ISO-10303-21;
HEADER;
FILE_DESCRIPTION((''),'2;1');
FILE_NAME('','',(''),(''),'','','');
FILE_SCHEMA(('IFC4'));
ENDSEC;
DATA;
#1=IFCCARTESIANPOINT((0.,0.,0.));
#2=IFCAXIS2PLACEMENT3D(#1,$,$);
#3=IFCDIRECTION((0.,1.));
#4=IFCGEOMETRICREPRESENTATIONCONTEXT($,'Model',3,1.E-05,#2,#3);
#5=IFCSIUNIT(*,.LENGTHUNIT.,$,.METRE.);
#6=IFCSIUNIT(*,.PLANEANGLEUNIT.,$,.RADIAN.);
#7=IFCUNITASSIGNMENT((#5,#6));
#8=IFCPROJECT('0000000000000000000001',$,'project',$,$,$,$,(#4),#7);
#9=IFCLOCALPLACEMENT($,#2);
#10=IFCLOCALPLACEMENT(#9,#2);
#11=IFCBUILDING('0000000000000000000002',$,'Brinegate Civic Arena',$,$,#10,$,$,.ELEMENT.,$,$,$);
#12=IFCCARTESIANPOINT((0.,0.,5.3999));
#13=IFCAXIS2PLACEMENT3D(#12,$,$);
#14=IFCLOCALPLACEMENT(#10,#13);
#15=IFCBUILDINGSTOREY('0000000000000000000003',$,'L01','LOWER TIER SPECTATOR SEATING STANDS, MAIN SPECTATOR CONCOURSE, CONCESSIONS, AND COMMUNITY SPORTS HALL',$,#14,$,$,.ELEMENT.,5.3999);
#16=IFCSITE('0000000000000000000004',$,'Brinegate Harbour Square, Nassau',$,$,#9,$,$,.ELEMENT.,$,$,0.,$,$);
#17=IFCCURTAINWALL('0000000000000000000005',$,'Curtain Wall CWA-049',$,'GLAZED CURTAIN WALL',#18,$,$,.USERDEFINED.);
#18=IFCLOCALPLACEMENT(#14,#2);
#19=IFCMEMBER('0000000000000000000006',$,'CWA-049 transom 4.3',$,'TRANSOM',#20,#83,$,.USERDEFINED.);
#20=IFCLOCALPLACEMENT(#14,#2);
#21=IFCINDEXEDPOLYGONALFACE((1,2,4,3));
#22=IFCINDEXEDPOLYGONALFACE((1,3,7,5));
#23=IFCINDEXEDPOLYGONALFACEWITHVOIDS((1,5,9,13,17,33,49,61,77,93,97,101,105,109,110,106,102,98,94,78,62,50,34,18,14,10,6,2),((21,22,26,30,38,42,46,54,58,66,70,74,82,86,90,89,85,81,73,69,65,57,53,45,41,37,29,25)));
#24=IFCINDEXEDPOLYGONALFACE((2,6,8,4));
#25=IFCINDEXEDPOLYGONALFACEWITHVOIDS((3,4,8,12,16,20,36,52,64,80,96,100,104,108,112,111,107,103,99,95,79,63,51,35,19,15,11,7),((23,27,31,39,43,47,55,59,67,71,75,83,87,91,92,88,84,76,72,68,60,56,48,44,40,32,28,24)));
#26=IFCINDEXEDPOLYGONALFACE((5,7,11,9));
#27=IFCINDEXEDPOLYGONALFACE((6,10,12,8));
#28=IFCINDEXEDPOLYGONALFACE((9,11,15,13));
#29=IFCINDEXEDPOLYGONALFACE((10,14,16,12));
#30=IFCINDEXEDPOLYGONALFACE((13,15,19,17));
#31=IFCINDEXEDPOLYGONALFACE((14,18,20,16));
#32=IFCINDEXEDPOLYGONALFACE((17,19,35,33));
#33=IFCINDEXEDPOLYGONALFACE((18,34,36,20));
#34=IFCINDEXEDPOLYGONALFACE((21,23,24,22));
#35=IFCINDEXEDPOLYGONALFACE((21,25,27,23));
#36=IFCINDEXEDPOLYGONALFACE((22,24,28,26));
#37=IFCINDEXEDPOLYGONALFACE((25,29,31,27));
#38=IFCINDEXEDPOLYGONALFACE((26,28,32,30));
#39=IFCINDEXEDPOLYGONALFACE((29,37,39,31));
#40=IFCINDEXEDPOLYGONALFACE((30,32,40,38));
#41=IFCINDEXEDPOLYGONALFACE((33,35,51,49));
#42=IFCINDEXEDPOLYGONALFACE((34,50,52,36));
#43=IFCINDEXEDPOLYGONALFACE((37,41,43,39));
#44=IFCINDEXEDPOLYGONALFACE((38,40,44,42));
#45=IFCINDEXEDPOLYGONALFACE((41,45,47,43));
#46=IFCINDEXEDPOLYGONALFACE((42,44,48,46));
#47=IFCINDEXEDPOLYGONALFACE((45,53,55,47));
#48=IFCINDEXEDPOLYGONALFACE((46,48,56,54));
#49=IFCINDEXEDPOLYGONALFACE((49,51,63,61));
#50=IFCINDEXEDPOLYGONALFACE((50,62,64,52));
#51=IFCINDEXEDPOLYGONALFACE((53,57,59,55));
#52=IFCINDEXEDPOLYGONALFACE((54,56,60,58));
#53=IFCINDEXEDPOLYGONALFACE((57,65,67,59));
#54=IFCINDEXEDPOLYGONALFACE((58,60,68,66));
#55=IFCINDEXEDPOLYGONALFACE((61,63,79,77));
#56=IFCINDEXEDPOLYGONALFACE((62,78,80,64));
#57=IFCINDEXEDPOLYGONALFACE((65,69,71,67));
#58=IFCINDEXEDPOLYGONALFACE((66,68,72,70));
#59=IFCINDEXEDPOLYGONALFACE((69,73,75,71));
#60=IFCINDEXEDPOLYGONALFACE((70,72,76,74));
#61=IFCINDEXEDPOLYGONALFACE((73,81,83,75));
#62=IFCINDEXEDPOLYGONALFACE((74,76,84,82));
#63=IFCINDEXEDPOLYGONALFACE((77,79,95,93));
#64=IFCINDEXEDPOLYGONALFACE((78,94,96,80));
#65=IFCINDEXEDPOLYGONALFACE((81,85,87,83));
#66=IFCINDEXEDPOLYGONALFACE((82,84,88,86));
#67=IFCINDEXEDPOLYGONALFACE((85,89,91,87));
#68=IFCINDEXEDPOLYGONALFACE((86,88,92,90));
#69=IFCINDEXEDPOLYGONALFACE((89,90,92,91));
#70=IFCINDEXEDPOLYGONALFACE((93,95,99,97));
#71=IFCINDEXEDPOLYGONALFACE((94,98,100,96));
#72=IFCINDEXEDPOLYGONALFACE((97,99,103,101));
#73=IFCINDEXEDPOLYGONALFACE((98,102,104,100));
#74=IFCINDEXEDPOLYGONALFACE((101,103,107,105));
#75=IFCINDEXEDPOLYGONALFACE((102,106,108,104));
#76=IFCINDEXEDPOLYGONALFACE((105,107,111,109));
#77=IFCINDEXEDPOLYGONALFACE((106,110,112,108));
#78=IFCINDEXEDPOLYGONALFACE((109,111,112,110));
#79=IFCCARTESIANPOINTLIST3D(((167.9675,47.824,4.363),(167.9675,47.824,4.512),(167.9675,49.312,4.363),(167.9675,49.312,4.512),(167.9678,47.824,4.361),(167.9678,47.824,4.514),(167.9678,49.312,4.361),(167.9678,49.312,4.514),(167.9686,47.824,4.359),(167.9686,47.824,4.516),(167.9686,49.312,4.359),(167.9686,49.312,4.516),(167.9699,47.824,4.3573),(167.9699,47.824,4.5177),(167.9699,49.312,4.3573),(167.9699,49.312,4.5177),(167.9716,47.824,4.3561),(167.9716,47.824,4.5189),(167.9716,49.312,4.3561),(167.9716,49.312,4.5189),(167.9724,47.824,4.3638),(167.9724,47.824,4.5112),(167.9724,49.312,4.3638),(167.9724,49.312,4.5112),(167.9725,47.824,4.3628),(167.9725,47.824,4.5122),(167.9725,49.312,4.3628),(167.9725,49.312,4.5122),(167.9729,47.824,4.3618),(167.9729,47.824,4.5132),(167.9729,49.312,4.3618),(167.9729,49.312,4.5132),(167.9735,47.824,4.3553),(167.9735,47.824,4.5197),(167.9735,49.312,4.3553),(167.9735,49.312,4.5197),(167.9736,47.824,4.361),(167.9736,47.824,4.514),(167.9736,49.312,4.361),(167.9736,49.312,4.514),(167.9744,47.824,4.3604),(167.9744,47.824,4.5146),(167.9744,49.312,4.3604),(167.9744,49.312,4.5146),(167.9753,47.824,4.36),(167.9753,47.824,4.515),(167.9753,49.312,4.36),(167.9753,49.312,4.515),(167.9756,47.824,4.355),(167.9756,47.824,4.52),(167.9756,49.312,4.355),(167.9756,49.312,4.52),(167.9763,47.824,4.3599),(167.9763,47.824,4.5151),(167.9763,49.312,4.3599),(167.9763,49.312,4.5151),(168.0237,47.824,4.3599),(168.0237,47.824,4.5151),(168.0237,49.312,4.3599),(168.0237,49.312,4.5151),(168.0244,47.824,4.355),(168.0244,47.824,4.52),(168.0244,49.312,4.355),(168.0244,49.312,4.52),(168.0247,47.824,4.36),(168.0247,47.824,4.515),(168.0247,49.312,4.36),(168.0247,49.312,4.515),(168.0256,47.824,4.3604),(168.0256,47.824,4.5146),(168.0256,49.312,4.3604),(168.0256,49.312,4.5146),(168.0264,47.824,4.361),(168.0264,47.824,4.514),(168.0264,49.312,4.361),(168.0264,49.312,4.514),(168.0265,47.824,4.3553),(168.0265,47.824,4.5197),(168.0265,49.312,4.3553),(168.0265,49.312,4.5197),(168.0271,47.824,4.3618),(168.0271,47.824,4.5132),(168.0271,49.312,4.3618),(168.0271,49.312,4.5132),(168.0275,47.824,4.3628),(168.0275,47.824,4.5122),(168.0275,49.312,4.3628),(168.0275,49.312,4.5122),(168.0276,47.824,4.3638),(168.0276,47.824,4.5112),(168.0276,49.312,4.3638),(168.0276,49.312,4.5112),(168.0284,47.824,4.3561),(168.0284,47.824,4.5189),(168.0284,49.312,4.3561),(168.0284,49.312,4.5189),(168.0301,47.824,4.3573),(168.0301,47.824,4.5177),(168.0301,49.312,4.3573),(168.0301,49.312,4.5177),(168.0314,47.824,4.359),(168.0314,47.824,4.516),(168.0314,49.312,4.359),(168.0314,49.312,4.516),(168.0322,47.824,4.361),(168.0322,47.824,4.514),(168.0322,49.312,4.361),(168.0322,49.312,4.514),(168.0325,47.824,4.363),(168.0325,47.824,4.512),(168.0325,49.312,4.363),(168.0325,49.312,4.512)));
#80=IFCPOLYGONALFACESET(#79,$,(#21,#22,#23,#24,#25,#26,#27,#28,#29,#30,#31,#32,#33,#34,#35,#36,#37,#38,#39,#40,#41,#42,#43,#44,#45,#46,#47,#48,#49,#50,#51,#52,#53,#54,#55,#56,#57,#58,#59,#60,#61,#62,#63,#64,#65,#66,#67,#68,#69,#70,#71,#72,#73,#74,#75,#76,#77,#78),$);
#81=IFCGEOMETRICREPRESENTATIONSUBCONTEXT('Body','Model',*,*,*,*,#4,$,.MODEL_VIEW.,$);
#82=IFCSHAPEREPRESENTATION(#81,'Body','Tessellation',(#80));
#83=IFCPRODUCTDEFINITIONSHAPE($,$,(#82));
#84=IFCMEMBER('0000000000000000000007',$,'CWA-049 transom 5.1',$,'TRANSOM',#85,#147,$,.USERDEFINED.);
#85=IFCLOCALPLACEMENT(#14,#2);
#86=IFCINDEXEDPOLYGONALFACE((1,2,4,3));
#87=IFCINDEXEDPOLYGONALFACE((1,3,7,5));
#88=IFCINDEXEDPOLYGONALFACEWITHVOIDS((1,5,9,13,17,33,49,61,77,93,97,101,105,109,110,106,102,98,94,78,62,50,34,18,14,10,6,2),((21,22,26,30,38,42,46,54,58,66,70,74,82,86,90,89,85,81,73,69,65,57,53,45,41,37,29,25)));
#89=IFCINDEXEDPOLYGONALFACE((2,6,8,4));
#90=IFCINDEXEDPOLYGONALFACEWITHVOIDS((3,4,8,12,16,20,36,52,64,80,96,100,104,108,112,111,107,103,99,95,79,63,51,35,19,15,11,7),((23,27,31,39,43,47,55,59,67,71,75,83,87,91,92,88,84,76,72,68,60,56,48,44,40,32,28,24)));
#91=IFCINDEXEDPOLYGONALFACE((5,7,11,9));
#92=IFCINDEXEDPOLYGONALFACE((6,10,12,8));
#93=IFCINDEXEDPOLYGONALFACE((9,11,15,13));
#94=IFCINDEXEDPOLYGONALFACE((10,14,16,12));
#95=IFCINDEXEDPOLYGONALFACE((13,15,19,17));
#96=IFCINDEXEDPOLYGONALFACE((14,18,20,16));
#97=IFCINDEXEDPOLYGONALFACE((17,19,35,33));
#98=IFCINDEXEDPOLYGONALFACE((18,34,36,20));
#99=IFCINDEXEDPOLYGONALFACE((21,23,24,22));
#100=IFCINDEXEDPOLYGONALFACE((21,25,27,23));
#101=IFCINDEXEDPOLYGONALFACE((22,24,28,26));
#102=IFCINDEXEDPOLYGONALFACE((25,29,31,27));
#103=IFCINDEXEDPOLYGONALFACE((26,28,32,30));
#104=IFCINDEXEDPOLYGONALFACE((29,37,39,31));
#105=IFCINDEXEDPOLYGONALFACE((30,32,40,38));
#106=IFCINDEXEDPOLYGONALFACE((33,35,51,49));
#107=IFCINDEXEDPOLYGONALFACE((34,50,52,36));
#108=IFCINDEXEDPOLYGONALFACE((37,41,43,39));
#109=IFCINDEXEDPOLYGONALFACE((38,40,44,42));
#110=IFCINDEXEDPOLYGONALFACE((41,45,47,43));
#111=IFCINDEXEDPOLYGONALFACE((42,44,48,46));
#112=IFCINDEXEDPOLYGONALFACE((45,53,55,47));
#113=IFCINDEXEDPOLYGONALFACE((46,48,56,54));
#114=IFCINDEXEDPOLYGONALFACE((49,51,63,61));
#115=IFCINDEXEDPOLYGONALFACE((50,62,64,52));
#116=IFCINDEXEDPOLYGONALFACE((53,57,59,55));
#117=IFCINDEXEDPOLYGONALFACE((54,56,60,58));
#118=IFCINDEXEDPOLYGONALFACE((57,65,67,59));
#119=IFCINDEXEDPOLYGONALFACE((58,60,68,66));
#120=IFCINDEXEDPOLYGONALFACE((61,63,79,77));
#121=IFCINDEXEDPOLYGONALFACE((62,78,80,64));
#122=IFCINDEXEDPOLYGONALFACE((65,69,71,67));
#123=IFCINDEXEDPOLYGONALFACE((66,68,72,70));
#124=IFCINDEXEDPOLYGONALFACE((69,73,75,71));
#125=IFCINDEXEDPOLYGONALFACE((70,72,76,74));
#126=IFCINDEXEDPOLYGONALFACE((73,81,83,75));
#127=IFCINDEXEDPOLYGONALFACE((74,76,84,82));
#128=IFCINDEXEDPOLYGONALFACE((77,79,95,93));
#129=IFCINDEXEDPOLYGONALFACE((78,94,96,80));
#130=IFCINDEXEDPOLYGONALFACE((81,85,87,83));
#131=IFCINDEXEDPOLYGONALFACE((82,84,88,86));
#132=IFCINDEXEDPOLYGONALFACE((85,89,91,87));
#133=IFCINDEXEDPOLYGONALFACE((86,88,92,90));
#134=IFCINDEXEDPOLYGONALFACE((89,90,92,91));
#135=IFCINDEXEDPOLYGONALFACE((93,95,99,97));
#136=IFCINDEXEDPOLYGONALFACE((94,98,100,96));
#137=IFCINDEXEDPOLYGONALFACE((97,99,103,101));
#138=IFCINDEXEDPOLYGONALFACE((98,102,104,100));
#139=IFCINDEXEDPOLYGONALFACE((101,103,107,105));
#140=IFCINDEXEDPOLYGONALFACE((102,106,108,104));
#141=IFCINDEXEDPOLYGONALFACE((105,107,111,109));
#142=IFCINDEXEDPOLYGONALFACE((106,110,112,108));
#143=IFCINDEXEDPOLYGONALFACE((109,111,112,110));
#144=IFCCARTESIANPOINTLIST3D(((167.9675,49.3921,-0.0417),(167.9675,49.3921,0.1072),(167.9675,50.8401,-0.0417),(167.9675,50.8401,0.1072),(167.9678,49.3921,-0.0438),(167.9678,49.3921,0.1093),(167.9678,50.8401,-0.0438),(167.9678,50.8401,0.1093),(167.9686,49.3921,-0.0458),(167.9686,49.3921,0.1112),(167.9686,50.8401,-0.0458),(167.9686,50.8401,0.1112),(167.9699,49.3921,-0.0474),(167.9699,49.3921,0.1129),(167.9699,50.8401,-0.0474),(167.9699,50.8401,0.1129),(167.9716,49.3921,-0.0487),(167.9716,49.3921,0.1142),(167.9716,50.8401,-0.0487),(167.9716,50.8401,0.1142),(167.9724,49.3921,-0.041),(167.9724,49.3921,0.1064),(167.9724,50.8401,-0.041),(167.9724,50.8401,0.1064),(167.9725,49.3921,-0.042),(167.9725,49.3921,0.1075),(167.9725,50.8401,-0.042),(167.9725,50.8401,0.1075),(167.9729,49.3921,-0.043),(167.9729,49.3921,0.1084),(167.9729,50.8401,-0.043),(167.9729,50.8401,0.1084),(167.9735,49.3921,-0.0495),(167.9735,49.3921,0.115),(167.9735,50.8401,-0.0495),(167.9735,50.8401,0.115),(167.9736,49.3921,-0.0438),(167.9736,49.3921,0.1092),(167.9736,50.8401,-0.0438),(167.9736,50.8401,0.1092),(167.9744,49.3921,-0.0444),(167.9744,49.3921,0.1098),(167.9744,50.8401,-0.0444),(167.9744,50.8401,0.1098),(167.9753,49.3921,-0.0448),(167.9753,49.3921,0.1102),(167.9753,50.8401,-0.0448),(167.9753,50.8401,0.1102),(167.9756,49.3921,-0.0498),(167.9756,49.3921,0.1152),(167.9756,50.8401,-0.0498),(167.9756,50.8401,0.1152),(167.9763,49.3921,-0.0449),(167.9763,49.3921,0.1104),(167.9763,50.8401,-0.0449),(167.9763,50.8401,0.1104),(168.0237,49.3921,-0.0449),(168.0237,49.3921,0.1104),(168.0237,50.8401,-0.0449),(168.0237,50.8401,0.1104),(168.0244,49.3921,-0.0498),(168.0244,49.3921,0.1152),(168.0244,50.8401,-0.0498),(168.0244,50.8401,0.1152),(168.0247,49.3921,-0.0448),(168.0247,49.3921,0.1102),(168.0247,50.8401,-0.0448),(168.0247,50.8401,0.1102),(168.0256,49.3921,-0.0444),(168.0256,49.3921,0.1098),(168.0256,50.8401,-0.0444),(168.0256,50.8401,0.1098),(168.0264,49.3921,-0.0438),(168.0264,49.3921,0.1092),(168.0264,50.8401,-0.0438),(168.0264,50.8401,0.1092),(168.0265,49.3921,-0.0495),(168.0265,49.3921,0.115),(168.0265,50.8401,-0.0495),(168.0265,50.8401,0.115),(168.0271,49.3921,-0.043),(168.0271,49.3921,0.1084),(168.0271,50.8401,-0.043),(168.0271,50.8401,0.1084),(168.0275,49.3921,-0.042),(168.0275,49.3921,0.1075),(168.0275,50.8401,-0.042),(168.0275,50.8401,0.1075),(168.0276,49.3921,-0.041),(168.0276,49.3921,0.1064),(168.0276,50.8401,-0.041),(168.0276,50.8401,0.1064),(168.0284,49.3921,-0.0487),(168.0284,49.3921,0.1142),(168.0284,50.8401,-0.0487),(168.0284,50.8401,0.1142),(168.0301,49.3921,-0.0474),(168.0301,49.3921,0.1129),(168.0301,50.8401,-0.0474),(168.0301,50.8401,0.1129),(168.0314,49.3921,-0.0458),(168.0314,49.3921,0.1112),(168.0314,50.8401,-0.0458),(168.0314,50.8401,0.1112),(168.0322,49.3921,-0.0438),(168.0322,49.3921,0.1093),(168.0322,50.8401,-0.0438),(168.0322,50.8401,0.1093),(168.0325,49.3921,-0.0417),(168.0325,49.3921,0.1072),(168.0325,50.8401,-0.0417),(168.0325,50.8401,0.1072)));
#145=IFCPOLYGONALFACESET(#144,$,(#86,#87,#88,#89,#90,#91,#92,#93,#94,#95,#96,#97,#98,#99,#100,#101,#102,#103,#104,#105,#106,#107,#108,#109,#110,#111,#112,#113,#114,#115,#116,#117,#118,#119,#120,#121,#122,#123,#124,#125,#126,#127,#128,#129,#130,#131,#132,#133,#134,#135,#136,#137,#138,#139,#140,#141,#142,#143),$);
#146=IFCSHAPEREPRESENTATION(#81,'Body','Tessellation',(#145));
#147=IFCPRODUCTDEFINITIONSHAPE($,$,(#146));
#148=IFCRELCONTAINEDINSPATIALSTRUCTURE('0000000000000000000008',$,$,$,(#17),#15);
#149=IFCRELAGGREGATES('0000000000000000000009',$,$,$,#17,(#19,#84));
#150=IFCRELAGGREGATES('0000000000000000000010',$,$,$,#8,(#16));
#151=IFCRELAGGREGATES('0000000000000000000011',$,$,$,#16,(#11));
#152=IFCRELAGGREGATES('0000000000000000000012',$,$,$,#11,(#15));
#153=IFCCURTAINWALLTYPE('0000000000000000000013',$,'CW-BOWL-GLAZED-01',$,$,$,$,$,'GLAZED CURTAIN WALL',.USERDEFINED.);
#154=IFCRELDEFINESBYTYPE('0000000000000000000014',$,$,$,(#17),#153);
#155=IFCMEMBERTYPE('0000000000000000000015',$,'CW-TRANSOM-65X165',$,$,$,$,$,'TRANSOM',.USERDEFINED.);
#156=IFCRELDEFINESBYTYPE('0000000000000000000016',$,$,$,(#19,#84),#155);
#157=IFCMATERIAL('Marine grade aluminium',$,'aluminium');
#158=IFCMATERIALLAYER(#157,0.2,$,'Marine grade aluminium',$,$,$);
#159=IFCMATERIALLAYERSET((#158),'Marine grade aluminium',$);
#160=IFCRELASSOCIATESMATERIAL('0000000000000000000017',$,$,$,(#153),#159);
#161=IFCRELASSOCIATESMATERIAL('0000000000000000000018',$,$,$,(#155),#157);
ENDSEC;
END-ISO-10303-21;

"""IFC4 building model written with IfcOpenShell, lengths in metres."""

from ifc_helpers import new_model, si_unit, direction, frame, origin, origin_2d, place, context, subcontext, project, spatial, hollow_rectangle, extrude, material, layer, layer_set, material_profile, profile_set, type_object, element, aggregate, save


model = new_model("IFC4")

# Units and contexts
model_context = context("Model", 3, precision=1e-05, world=origin(), true_north=direction((0.0, 1.0)))
body_context = subcontext(model_context, "Body", "Model", "MODEL_VIEW")
ifc_project = project(units=[si_unit("LENGTHUNIT", "METRE"), si_unit("PLANEANGLEUNIT", "RADIAN")], contexts=[model_context])

# Site, building, storey
site_placement = place(None, origin())
site = spatial("IfcSite", under=ifc_project, at=site_placement, Name="Brinegate Harbour Square, Nassau", CompositionType="ELEMENT", RefElevation=0.0)
building_placement = place(site_placement, origin())
building = spatial("IfcBuilding", under=site, at=building_placement, Name="Brinegate Civic Arena", CompositionType="ELEMENT")
storey_placement = place(building_placement, frame((0.0, 0.0, 5.3999)))
storey = spatial("IfcBuildingStorey", under=building, at=storey_placement, Name="L01", Description="LOWER TIER SPECTATOR SEATING STANDS, MAIN SPECTATOR CONCOURSE, CONCESSIONS, AND COMMUNITY SPORTS HALL", CompositionType="ELEMENT", Elevation=5.3999)

# Curtain wall, members
ifc_material_1 = material(Name="Marine grade aluminium", Category="aluminium")
ifc_layer_1 = layer(ifc_material_1, 0.2, Name="Marine grade aluminium")
ifc_layer_set_1 = layer_set([ifc_layer_1], Name="Marine grade aluminium")
curtain_wall_type = type_object("IfcCurtainWallType", Name="CW-BOWL-GLAZED-01", ElementType="GLAZED CURTAIN WALL", PredefinedType="USERDEFINED", material=ifc_layer_set_1)
curtain_wall_placement = place(storey_placement, origin())
curtain_wall = element("IfcCurtainWall", 1, at=curtain_wall_placement, inside=storey, type_object=curtain_wall_type, Name="Curtain Wall CWA-049", ObjectType="GLAZED CURTAIN WALL", PredefinedType="USERDEFINED")
ifc_material_profile_1 = material_profile(ifc_material_1, hollow_rectangle(XDim=0.0649, YDim=0.165, WallThickness=0.0049, InnerFilletRadius=0.0039, OuterFilletRadius=0.0081, at=origin_2d()), Name="TRN65X165")
ifc_profile_set_1 = profile_set([ifc_material_profile_1], Name="Marine grade aluminium")
member_type_1 = type_object("IfcMemberType", Name="CW-TRANSOM-65X165", ElementType="TRANSOM", PredefinedType="USERDEFINED", material=ifc_profile_set_1)
member_1_placement = place(storey_placement, frame((168.0, 47.824, 4.4375), z_axis=(0.0, 1.0, 0.0), x_axis=(-1.0, 0.0, 0.0)))
member_1 = element("IfcMember", 2, at=member_1_placement, type_object=member_type_1, Name="CWA-049 transom 4.3", ObjectType="TRANSOM", PredefinedType="USERDEFINED", context=body_context, shape_type="SweptSolid", body=[
    extrude(hollow_rectangle(XDim=0.0649, YDim=0.165, WallThickness=0.0049, InnerFilletRadius=0.0039, OuterFilletRadius=0.0081, at=origin_2d()), origin(), (0.0, 0.0, 1.0), 1.488),
])
member_2_placement = place(storey_placement, frame((168.0, 49.3921, 0.0327), z_axis=(0.0, 1.0, 0.0), x_axis=(-1.0, 0.0, 0.0)))
member_2 = element("IfcMember", 3, at=member_2_placement, type_object=member_type_1, Name="CWA-049 transom 5.1", ObjectType="TRANSOM", PredefinedType="USERDEFINED", context=body_context, shape_type="SweptSolid", body=[
    extrude(hollow_rectangle(XDim=0.0649, YDim=0.165, WallThickness=0.0049, InnerFilletRadius=0.0039, OuterFilletRadius=0.0081, at=origin_2d()), origin(), (0.0, 0.0, 1.0), 1.448),
])
aggregate(curtain_wall, [member_1, member_2])

save(model, "model.ifc")
